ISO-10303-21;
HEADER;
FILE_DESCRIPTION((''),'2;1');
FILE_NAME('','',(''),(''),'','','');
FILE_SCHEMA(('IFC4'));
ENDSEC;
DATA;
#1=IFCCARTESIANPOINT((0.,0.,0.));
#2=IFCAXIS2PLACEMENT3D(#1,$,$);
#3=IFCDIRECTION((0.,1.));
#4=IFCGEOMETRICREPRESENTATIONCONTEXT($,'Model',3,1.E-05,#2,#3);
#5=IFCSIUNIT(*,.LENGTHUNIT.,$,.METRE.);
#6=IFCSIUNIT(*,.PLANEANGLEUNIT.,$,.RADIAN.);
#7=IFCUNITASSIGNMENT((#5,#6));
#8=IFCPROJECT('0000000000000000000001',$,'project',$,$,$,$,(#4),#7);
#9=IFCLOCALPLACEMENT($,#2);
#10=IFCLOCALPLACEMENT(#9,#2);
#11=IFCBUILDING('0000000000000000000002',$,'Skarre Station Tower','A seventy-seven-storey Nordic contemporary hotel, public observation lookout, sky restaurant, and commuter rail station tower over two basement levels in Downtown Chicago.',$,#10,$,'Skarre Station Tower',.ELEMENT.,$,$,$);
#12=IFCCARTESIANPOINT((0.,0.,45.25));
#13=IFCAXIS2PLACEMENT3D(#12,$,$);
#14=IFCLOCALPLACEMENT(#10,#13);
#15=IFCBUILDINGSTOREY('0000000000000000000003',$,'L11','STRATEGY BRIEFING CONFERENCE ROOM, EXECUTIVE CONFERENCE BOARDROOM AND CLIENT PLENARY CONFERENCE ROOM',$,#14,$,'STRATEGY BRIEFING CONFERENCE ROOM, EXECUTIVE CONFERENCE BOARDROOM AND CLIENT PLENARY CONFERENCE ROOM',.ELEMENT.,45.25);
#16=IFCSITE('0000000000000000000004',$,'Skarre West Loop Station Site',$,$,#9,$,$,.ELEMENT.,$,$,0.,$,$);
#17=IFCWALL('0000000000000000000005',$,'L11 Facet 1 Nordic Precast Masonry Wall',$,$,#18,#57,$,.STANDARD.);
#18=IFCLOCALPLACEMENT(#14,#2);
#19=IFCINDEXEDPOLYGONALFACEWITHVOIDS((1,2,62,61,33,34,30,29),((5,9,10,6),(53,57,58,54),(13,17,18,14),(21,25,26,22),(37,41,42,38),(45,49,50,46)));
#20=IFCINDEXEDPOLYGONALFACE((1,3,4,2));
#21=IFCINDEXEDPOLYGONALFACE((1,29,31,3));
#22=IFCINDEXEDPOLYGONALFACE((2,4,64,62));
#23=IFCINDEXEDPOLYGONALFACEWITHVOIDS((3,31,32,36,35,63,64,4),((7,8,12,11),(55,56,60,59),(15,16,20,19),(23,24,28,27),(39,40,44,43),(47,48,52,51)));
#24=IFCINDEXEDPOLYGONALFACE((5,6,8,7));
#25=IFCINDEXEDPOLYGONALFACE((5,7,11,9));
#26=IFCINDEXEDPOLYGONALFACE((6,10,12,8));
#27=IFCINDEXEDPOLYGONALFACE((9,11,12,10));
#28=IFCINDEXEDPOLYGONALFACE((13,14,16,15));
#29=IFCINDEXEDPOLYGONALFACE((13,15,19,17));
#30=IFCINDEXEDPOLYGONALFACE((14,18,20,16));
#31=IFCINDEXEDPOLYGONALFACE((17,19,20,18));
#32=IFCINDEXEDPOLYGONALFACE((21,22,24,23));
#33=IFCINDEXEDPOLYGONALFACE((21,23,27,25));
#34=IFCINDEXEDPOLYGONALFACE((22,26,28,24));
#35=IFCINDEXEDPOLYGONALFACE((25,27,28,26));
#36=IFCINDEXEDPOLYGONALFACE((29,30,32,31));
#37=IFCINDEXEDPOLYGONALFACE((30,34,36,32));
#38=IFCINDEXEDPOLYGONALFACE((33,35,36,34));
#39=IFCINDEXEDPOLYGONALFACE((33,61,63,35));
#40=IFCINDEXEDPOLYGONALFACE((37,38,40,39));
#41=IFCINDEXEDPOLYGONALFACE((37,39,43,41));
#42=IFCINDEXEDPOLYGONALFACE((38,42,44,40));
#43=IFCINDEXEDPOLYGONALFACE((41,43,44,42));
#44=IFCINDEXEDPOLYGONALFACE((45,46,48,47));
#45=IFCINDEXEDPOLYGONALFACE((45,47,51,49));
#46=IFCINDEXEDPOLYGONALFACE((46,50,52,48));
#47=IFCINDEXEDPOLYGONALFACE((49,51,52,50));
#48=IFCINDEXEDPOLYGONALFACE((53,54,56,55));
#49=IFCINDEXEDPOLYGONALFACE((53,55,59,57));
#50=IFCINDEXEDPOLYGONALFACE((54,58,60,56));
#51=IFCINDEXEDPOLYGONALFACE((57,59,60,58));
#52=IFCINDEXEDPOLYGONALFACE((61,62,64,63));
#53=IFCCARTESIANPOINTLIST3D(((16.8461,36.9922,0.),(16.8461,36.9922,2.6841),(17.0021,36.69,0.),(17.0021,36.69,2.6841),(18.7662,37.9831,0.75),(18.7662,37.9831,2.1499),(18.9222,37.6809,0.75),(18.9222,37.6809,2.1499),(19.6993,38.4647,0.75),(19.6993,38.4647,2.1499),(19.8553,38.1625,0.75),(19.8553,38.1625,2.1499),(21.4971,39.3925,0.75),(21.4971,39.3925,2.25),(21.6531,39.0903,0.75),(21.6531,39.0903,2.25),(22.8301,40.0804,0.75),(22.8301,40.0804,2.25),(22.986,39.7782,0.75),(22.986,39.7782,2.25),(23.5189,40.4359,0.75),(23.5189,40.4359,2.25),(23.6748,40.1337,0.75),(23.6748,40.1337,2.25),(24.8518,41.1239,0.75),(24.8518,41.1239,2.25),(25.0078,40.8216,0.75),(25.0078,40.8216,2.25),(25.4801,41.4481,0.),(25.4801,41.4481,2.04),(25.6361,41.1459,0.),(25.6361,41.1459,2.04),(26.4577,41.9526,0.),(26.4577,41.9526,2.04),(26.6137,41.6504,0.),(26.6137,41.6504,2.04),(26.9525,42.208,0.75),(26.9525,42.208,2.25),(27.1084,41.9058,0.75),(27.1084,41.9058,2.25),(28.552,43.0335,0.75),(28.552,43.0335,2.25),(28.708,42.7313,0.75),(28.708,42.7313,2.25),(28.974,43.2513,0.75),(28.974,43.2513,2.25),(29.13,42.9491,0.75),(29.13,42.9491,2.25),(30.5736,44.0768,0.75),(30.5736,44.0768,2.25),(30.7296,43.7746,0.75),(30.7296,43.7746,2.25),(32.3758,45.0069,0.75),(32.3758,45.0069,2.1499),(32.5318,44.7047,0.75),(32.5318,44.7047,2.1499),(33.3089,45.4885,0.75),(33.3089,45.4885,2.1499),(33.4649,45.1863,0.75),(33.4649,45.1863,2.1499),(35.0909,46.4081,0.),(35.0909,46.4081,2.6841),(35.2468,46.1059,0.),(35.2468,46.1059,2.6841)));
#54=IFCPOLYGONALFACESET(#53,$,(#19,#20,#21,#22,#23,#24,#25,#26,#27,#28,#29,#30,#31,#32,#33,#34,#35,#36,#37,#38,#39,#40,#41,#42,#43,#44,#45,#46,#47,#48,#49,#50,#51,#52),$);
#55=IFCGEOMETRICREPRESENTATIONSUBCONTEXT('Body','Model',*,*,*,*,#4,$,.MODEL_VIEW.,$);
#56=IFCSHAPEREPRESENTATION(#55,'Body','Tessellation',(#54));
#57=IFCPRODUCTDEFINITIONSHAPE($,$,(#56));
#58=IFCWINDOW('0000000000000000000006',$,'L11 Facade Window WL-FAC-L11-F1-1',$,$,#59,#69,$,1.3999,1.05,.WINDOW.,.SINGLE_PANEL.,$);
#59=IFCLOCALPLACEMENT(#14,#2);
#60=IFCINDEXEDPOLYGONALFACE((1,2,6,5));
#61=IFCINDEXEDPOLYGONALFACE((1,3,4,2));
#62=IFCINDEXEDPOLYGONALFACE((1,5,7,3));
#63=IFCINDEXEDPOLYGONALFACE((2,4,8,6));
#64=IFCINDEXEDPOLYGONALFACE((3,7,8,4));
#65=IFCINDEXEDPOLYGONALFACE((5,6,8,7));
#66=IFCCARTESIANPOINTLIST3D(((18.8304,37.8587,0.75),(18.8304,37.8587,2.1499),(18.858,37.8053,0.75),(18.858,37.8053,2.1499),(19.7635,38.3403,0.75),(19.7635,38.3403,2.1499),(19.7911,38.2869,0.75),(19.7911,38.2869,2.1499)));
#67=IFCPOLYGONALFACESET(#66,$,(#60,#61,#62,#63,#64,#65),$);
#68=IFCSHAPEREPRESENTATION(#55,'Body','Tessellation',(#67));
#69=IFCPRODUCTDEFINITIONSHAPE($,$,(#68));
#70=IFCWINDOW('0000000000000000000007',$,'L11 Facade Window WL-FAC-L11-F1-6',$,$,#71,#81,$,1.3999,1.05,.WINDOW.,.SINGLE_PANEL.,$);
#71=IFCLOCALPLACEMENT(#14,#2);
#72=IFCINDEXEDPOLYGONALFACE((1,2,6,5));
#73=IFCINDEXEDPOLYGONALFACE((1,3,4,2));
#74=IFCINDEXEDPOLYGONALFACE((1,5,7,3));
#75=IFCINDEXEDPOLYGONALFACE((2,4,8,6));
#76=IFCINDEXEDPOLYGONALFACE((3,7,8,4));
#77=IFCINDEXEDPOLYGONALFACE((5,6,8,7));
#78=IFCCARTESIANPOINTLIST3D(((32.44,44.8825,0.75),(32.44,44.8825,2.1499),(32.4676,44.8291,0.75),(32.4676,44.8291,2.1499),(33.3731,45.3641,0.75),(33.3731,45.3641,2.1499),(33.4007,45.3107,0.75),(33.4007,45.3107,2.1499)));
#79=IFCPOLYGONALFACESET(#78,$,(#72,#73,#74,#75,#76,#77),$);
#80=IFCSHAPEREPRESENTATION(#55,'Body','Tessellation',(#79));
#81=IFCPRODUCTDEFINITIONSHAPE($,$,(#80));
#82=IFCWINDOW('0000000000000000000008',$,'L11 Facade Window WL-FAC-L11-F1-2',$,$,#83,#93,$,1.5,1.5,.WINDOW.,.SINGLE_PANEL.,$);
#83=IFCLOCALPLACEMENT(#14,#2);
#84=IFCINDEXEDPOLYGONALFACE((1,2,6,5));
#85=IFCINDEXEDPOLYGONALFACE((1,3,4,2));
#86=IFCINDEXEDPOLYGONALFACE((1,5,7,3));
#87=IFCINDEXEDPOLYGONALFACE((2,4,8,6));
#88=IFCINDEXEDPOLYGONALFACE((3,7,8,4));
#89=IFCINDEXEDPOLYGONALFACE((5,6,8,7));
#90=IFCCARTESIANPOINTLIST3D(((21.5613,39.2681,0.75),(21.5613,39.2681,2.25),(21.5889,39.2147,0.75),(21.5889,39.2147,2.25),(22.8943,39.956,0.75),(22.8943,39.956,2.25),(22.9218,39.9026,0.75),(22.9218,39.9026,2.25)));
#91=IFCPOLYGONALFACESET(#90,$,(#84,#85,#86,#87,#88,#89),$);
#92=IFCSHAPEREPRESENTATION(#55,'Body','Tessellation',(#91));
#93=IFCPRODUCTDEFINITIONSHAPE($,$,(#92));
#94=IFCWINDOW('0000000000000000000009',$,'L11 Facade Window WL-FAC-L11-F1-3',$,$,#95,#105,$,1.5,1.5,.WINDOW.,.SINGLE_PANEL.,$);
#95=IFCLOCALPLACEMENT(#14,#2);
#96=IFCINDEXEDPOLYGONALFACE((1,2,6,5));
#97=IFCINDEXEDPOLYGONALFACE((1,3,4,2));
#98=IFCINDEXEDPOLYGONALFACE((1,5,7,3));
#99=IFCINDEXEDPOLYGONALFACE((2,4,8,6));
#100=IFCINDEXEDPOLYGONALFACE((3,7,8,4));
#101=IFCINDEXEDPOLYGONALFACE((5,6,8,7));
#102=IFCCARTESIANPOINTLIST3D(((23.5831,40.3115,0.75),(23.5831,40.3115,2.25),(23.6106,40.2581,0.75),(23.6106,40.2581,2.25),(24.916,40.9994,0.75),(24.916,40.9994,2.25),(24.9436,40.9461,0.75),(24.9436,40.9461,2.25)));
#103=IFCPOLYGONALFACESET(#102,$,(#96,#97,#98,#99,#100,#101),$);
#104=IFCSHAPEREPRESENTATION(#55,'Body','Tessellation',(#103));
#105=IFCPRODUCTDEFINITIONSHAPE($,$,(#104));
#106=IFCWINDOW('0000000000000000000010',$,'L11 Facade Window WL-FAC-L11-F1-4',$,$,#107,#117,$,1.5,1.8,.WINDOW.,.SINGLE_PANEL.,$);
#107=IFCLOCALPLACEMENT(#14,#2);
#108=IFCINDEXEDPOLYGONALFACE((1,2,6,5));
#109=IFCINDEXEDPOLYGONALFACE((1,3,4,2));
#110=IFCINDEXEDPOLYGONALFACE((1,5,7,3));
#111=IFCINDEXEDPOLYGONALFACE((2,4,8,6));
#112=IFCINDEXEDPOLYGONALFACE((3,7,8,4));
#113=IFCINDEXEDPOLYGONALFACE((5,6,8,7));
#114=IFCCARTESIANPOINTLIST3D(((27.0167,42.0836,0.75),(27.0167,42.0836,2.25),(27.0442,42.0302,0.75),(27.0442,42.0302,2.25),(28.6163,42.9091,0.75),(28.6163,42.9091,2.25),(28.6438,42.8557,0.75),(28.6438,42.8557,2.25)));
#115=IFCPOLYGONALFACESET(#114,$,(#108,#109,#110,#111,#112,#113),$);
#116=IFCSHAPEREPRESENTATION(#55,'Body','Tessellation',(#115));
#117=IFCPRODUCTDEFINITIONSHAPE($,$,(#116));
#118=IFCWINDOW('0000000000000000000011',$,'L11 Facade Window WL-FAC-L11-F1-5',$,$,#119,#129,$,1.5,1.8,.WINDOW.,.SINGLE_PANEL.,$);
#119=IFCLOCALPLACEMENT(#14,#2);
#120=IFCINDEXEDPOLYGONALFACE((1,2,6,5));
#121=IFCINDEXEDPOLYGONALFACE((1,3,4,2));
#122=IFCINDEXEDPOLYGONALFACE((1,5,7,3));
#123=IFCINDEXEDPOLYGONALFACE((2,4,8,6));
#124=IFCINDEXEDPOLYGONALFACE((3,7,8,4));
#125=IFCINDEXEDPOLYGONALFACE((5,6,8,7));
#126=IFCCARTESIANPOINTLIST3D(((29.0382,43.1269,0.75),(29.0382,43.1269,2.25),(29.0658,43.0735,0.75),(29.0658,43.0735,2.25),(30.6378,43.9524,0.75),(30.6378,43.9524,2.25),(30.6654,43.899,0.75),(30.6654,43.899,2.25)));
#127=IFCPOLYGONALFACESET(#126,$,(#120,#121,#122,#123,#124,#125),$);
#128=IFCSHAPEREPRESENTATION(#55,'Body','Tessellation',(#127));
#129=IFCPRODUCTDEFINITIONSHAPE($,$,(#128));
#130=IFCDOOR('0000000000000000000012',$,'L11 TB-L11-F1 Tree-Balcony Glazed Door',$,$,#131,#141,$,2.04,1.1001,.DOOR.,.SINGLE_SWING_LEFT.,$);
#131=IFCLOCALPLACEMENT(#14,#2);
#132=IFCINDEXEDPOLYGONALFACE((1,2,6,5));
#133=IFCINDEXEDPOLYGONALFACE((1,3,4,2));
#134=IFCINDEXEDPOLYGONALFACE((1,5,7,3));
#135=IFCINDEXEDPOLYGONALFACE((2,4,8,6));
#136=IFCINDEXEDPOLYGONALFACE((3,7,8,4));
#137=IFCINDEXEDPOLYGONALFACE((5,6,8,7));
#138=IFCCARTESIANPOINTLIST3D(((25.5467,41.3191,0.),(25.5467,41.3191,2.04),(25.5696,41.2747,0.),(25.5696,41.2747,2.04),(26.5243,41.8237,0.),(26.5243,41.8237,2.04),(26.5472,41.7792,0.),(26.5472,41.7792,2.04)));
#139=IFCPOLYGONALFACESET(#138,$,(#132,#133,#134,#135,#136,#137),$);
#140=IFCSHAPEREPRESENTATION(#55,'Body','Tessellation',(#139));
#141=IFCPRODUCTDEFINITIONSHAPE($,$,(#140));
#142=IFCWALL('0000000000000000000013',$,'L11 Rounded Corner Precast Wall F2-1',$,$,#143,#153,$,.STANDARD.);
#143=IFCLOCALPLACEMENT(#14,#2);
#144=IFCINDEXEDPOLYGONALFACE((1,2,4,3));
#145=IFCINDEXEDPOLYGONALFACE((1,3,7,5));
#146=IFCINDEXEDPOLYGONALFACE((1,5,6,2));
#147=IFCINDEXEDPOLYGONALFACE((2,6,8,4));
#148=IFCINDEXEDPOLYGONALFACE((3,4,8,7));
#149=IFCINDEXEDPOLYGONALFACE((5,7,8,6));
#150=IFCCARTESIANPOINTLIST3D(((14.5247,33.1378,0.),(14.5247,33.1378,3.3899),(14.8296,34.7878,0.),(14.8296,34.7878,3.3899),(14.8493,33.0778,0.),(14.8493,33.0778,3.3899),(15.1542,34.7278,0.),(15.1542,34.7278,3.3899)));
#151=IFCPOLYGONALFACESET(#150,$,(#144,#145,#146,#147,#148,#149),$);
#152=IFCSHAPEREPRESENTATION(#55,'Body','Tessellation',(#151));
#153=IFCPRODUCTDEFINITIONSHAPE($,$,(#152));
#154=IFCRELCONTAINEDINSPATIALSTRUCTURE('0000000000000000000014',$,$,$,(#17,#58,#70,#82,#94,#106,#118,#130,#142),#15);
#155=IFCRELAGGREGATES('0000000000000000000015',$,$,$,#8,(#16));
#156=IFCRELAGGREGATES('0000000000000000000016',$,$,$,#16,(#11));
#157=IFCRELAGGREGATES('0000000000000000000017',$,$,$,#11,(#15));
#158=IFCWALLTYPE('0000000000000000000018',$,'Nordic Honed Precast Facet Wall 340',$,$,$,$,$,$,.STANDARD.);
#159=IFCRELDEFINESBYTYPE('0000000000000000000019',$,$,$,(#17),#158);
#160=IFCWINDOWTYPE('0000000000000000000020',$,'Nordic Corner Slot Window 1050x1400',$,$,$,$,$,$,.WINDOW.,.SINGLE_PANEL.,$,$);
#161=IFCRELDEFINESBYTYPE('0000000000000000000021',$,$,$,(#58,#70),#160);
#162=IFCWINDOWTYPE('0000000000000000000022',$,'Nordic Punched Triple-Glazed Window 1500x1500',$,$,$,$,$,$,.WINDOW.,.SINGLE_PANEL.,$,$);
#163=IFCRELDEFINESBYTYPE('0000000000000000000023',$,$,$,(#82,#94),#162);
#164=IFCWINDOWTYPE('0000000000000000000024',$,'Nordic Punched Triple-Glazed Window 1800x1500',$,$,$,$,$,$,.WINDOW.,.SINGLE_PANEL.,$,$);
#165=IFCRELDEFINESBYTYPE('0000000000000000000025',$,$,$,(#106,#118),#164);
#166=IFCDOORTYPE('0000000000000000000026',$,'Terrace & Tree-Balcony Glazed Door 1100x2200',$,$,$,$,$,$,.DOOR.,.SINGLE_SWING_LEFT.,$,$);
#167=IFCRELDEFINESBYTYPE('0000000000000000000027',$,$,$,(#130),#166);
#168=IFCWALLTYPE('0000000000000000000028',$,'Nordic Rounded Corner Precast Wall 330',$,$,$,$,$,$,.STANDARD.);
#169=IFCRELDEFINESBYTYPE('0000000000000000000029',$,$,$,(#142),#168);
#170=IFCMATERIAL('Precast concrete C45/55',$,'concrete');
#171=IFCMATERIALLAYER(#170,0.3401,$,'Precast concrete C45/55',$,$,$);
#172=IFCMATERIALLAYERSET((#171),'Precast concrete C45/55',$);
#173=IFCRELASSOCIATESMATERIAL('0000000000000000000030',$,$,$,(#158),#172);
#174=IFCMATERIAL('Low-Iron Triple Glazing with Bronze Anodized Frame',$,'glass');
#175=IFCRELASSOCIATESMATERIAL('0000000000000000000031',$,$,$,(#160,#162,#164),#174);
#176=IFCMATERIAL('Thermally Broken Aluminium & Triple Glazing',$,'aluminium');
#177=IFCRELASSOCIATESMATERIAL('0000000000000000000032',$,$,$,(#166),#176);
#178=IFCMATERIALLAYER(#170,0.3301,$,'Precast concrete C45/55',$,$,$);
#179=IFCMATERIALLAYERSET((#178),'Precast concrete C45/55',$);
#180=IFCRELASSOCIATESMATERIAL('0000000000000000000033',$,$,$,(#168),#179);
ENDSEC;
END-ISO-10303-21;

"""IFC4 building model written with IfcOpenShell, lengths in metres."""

from ifc_helpers import new_model, si_unit, direction, frame, frame_2d, origin, place, context, subcontext, project, spatial, rectangle, extrude, material, layer, layer_set, type_object, element, fill, save


model = new_model("IFC4")

# Units and contexts
model_context = context("Model", 3, precision=1e-05, world=origin(), true_north=direction((0.0, 1.0)))
body_context = subcontext(model_context, "Body", "Model", "MODEL_VIEW")
ifc_project = project(units=[si_unit("LENGTHUNIT", "METRE"), si_unit("PLANEANGLEUNIT", "RADIAN")], contexts=[model_context])

# Site, building, storey
site_placement = place(None, origin())
site = spatial("IfcSite", under=ifc_project, at=site_placement, Name="Skarre West Loop Station Site", CompositionType="ELEMENT", RefElevation=0.0)
building_placement = place(site_placement, origin())
building = spatial("IfcBuilding", under=site, at=building_placement, Name="Skarre Station Tower", Description="A seventy-seven-storey Nordic contemporary hotel, public observation lookout, sky restaurant, and commuter rail station tower over two basement levels in Downtown Chicago.", LongName="Skarre Station Tower", CompositionType="ELEMENT")
storey_placement = place(building_placement, frame((0.0, 0.0, 45.25)))
storey = spatial("IfcBuildingStorey", under=building, at=storey_placement, Name="L11", Description="STRATEGY BRIEFING CONFERENCE ROOM, EXECUTIVE CONFERENCE BOARDROOM AND CLIENT PLENARY CONFERENCE ROOM", LongName="STRATEGY BRIEFING CONFERENCE ROOM, EXECUTIVE CONFERENCE BOARDROOM AND CLIENT PLENARY CONFERENCE ROOM", CompositionType="ELEMENT", Elevation=45.25)

# Wall, openings, windows, door
ifc_material_1 = material(Name="Precast concrete C45/55", Category="concrete")
ifc_layer_1 = layer(ifc_material_1, 0.3401, Name="Precast concrete C45/55")
ifc_layer_set_1 = layer_set([ifc_layer_1], Name="Precast concrete C45/55")
wall_type_1 = type_object("IfcWallType", Name="Nordic Honed Precast Facet Wall 340", PredefinedType="STANDARD", material=ifc_layer_set_1)
wall_1_placement = place(storey_placement, frame((16.9241, 36.8411, 0.0), z_axis=(0.0, 0.0, 1.0), x_axis=(0.888634, 0.458616, 0.0)))
wall_1 = element("IfcWall", 1, at=wall_1_placement, inside=storey, type_object=wall_type_1, Name="L11 Facet 1 Nordic Precast Masonry Wall", PredefinedType="STANDARD", context=body_context, shape_type="SweptSolid", body=[
    extrude(rectangle(XDim=20.5312, YDim=0.3401, at=frame_2d((10.2656, 0.0))), origin(), (0.0, 0.0, 1.0), 2.6841),
])
opening_1_placement = place(wall_1_placement, frame((9.7161, 0.0, 0.0)))
opening_1 = element("IfcOpeningElement", 2, at=opening_1_placement, cuts=wall_1, PredefinedType="OPENING", context=body_context, shape_type="SweptSolid", body=[
    extrude(rectangle(XDim=1.1001, YDim=2.04, at=frame_2d((0.55, 1.02))), frame((0.0, 0.1799, 0.0), z_axis=(0.0, -1.0, 0.0), x_axis=(1.0, 0.0, 0.0)), (0.0, 0.0, 1.0), 0.3601),
])
opening_2_placement = place(wall_1_placement, frame((2.1609, 0.0, 0.75)))
opening_2 = element("IfcOpeningElement", 3, at=opening_2_placement, cuts=wall_1, PredefinedType="OPENING", context=body_context, shape_type="SweptSolid", body=[
    extrude(rectangle(XDim=1.05, YDim=1.3999, at=frame_2d((0.5249, 0.7))), frame((0.0, 0.1799, 0.0), z_axis=(0.0, -1.0, 0.0), x_axis=(1.0, 0.0, 0.0)), (0.0, 0.0, 1.0), 0.3601),
])
opening_3_placement = place(wall_1_placement, frame((5.2339, 0.0, 0.75)))
opening_3 = element("IfcOpeningElement", 4, at=opening_3_placement, cuts=wall_1, PredefinedType="OPENING", context=body_context, shape_type="SweptSolid", body=[
    extrude(rectangle(XDim=1.5, YDim=1.5, at=frame_2d((0.75, 0.75))), frame((0.0, 0.1799, 0.0), z_axis=(0.0, -1.0, 0.0), x_axis=(1.0, 0.0, 0.0)), (0.0, 0.0, 1.0), 0.3601),
])
opening_4_placement = place(wall_1_placement, frame((7.509, 0.0, 0.75)))
opening_4 = element("IfcOpeningElement", 5, at=opening_4_placement, cuts=wall_1, PredefinedType="OPENING", context=body_context, shape_type="SweptSolid", body=[
    extrude(rectangle(XDim=1.5, YDim=1.5, at=frame_2d((0.75, 0.75))), frame((0.0, 0.1799, 0.0), z_axis=(0.0, -1.0, 0.0), x_axis=(1.0, 0.0, 0.0)), (0.0, 0.0, 1.0), 0.3601),
])
opening_5_placement = place(wall_1_placement, frame((11.373, 0.0, 0.75)))
opening_5 = element("IfcOpeningElement", 6, at=opening_5_placement, cuts=wall_1, PredefinedType="OPENING", context=body_context, shape_type="SweptSolid", body=[
    extrude(rectangle(XDim=1.8, YDim=1.5, at=frame_2d((0.8999, 0.75))), frame((0.0, 0.1799, 0.0), z_axis=(0.0, -1.0, 0.0), x_axis=(1.0, 0.0, 0.0)), (0.0, 0.0, 1.0), 0.3601),
])
opening_6_placement = place(wall_1_placement, frame((13.6479, 0.0, 0.75)))
opening_6 = element("IfcOpeningElement", 7, at=opening_6_placement, cuts=wall_1, PredefinedType="OPENING", context=body_context, shape_type="SweptSolid", body=[
    extrude(rectangle(XDim=1.8, YDim=1.5, at=frame_2d((0.8999, 0.75))), frame((0.0, 0.1799, 0.0), z_axis=(0.0, -1.0, 0.0), x_axis=(1.0, 0.0, 0.0)), (0.0, 0.0, 1.0), 0.3601),
])
opening_7_placement = place(wall_1_placement, frame((17.4761, 0.0, 0.75)))
opening_7 = element("IfcOpeningElement", 8, at=opening_7_placement, cuts=wall_1, PredefinedType="OPENING", context=body_context, shape_type="SweptSolid", body=[
    extrude(rectangle(XDim=1.05, YDim=1.3999, at=frame_2d((0.5249, 0.7))), frame((0.0, 0.1799, 0.0), z_axis=(0.0, -1.0, 0.0), x_axis=(1.0, 0.0, 0.0)), (0.0, 0.0, 1.0), 0.3601),
])
ifc_material_2 = material(Name="Low-Iron Triple Glazing with Bronze Anodized Frame", Category="glass")
window_type_1 = type_object("IfcWindowType", Name="Nordic Corner Slot Window 1050x1400", PartitioningType="SINGLE_PANEL", PredefinedType="WINDOW", material=ifc_material_2)
window_1_placement = place(opening_2_placement, origin())
window_1 = element("IfcWindow", 9, at=window_1_placement, inside=storey, type_object=window_type_1, Name="L11 Facade Window WL-FAC-L11-F1-1", OverallHeight=1.3999, OverallWidth=1.05, PartitioningType="SINGLE_PANEL", PredefinedType="WINDOW", context=body_context, shape_type="SweptSolid", body=[
    extrude(rectangle(XDim=1.05, YDim=1.3999, at=frame_2d((0.5249, 0.7))), frame((0.0, 0.03, 0.0), z_axis=(0.0, -1.0, 0.0), x_axis=(1.0, 0.0, 0.0)), (0.0, 0.0, 1.0), 0.0601),
])
fill(opening_2, window_1)
window_2_placement = place(opening_7_placement, origin())
window_2 = element("IfcWindow", 10, at=window_2_placement, inside=storey, type_object=window_type_1, Name="L11 Facade Window WL-FAC-L11-F1-6", OverallHeight=1.3999, OverallWidth=1.05, PartitioningType="SINGLE_PANEL", PredefinedType="WINDOW", context=body_context, shape_type="SweptSolid", body=[
    extrude(rectangle(XDim=1.05, YDim=1.3999, at=frame_2d((0.5249, 0.7))), frame((0.0, 0.03, 0.0), z_axis=(0.0, -1.0, 0.0), x_axis=(1.0, 0.0, 0.0)), (0.0, 0.0, 1.0), 0.0601),
])
fill(opening_7, window_2)
window_type_2 = type_object("IfcWindowType", Name="Nordic Punched Triple-Glazed Window 1500x1500", PartitioningType="SINGLE_PANEL", PredefinedType="WINDOW", material=ifc_material_2)
window_3_placement = place(opening_3_placement, origin())
window_3 = element("IfcWindow", 11, at=window_3_placement, inside=storey, type_object=window_type_2, Name="L11 Facade Window WL-FAC-L11-F1-2", OverallHeight=1.5, OverallWidth=1.5, PartitioningType="SINGLE_PANEL", PredefinedType="WINDOW", context=body_context, shape_type="SweptSolid", body=[
    extrude(rectangle(XDim=1.5, YDim=1.5, at=frame_2d((0.75, 0.75))), frame((0.0, 0.03, 0.0), z_axis=(0.0, -1.0, 0.0), x_axis=(1.0, 0.0, 0.0)), (0.0, 0.0, 1.0), 0.0601),
])
fill(opening_3, window_3)
window_4_placement = place(opening_4_placement, origin())
window_4 = element("IfcWindow", 12, at=window_4_placement, inside=storey, type_object=window_type_2, Name="L11 Facade Window WL-FAC-L11-F1-3", OverallHeight=1.5, OverallWidth=1.5, PartitioningType="SINGLE_PANEL", PredefinedType="WINDOW", context=body_context, shape_type="SweptSolid", body=[
    extrude(rectangle(XDim=1.5, YDim=1.5, at=frame_2d((0.75, 0.75))), frame((0.0, 0.03, 0.0), z_axis=(0.0, -1.0, 0.0), x_axis=(1.0, 0.0, 0.0)), (0.0, 0.0, 1.0), 0.0601),
])
fill(opening_4, window_4)
window_type_3 = type_object("IfcWindowType", Name="Nordic Punched Triple-Glazed Window 1800x1500", PartitioningType="SINGLE_PANEL", PredefinedType="WINDOW", material=ifc_material_2)
window_5_placement = place(opening_5_placement, origin())
window_5 = element("IfcWindow", 13, at=window_5_placement, inside=storey, type_object=window_type_3, Name="L11 Facade Window WL-FAC-L11-F1-4", OverallHeight=1.5, OverallWidth=1.8, PartitioningType="SINGLE_PANEL", PredefinedType="WINDOW", context=body_context, shape_type="SweptSolid", body=[
    extrude(rectangle(XDim=1.8, YDim=1.5, at=frame_2d((0.8999, 0.75))), frame((0.0, 0.03, 0.0), z_axis=(0.0, -1.0, 0.0), x_axis=(1.0, 0.0, 0.0)), (0.0, 0.0, 1.0), 0.0601),
])
fill(opening_5, window_5)
window_6_placement = place(opening_6_placement, origin())
window_6 = element("IfcWindow", 14, at=window_6_placement, inside=storey, type_object=window_type_3, Name="L11 Facade Window WL-FAC-L11-F1-5", OverallHeight=1.5, OverallWidth=1.8, PartitioningType="SINGLE_PANEL", PredefinedType="WINDOW", context=body_context, shape_type="SweptSolid", body=[
    extrude(rectangle(XDim=1.8, YDim=1.5, at=frame_2d((0.8999, 0.75))), frame((0.0, 0.03, 0.0), z_axis=(0.0, -1.0, 0.0), x_axis=(1.0, 0.0, 0.0)), (0.0, 0.0, 1.0), 0.0601),
])
fill(opening_6, window_6)
ifc_material_3 = material(Name="Thermally Broken Aluminium & Triple Glazing", Category="aluminium")
door_type = type_object("IfcDoorType", Name="Terrace & Tree-Balcony Glazed Door 1100x2200", OperationType="SINGLE_SWING_LEFT", PredefinedType="DOOR", material=ifc_material_3)
door_placement = place(opening_1_placement, origin())
door = element("IfcDoor", 15, at=door_placement, inside=storey, type_object=door_type, Name="L11 TB-L11-F1 Tree-Balcony Glazed Door", OperationType="SINGLE_SWING_LEFT", OverallHeight=2.04, OverallWidth=1.1001, PredefinedType="DOOR", context=body_context, shape_type="SweptSolid", body=[
    extrude(rectangle(XDim=1.1001, YDim=2.04, at=frame_2d((0.55, 1.02))), frame((0.0, 0.0249, 0.0), z_axis=(0.0, -1.0, 0.0), x_axis=(1.0, 0.0, 0.0)), (0.0, 0.0, 1.0), 0.05),
])
fill(opening_1, door)

# Wall
ifc_layer_2 = layer(ifc_material_1, 0.3301, Name="Precast concrete C45/55")
ifc_layer_set_2 = layer_set([ifc_layer_2], Name="Precast concrete C45/55")
wall_type_2 = type_object("IfcWallType", Name="Nordic Rounded Corner Precast Wall 330", PredefinedType="STANDARD", material=ifc_layer_set_2)
wall_2_placement = place(storey_placement, frame((14.687, 33.1079, 0.0), z_axis=(0.0, 0.0, 1.0), x_axis=(0.181714, 0.983351, 0.0)))
element("IfcWall", 16, at=wall_2_placement, inside=storey, type_object=wall_type_2, Name="L11 Rounded Corner Precast Wall F2-1", PredefinedType="STANDARD", context=body_context, shape_type="SweptSolid", body=[
    extrude(rectangle(XDim=1.678, YDim=0.3301, at=frame_2d((0.8389, 0.0))), origin(), (0.0, 0.0, 1.0), 3.3899),
])

save(model, "model.ifc")
